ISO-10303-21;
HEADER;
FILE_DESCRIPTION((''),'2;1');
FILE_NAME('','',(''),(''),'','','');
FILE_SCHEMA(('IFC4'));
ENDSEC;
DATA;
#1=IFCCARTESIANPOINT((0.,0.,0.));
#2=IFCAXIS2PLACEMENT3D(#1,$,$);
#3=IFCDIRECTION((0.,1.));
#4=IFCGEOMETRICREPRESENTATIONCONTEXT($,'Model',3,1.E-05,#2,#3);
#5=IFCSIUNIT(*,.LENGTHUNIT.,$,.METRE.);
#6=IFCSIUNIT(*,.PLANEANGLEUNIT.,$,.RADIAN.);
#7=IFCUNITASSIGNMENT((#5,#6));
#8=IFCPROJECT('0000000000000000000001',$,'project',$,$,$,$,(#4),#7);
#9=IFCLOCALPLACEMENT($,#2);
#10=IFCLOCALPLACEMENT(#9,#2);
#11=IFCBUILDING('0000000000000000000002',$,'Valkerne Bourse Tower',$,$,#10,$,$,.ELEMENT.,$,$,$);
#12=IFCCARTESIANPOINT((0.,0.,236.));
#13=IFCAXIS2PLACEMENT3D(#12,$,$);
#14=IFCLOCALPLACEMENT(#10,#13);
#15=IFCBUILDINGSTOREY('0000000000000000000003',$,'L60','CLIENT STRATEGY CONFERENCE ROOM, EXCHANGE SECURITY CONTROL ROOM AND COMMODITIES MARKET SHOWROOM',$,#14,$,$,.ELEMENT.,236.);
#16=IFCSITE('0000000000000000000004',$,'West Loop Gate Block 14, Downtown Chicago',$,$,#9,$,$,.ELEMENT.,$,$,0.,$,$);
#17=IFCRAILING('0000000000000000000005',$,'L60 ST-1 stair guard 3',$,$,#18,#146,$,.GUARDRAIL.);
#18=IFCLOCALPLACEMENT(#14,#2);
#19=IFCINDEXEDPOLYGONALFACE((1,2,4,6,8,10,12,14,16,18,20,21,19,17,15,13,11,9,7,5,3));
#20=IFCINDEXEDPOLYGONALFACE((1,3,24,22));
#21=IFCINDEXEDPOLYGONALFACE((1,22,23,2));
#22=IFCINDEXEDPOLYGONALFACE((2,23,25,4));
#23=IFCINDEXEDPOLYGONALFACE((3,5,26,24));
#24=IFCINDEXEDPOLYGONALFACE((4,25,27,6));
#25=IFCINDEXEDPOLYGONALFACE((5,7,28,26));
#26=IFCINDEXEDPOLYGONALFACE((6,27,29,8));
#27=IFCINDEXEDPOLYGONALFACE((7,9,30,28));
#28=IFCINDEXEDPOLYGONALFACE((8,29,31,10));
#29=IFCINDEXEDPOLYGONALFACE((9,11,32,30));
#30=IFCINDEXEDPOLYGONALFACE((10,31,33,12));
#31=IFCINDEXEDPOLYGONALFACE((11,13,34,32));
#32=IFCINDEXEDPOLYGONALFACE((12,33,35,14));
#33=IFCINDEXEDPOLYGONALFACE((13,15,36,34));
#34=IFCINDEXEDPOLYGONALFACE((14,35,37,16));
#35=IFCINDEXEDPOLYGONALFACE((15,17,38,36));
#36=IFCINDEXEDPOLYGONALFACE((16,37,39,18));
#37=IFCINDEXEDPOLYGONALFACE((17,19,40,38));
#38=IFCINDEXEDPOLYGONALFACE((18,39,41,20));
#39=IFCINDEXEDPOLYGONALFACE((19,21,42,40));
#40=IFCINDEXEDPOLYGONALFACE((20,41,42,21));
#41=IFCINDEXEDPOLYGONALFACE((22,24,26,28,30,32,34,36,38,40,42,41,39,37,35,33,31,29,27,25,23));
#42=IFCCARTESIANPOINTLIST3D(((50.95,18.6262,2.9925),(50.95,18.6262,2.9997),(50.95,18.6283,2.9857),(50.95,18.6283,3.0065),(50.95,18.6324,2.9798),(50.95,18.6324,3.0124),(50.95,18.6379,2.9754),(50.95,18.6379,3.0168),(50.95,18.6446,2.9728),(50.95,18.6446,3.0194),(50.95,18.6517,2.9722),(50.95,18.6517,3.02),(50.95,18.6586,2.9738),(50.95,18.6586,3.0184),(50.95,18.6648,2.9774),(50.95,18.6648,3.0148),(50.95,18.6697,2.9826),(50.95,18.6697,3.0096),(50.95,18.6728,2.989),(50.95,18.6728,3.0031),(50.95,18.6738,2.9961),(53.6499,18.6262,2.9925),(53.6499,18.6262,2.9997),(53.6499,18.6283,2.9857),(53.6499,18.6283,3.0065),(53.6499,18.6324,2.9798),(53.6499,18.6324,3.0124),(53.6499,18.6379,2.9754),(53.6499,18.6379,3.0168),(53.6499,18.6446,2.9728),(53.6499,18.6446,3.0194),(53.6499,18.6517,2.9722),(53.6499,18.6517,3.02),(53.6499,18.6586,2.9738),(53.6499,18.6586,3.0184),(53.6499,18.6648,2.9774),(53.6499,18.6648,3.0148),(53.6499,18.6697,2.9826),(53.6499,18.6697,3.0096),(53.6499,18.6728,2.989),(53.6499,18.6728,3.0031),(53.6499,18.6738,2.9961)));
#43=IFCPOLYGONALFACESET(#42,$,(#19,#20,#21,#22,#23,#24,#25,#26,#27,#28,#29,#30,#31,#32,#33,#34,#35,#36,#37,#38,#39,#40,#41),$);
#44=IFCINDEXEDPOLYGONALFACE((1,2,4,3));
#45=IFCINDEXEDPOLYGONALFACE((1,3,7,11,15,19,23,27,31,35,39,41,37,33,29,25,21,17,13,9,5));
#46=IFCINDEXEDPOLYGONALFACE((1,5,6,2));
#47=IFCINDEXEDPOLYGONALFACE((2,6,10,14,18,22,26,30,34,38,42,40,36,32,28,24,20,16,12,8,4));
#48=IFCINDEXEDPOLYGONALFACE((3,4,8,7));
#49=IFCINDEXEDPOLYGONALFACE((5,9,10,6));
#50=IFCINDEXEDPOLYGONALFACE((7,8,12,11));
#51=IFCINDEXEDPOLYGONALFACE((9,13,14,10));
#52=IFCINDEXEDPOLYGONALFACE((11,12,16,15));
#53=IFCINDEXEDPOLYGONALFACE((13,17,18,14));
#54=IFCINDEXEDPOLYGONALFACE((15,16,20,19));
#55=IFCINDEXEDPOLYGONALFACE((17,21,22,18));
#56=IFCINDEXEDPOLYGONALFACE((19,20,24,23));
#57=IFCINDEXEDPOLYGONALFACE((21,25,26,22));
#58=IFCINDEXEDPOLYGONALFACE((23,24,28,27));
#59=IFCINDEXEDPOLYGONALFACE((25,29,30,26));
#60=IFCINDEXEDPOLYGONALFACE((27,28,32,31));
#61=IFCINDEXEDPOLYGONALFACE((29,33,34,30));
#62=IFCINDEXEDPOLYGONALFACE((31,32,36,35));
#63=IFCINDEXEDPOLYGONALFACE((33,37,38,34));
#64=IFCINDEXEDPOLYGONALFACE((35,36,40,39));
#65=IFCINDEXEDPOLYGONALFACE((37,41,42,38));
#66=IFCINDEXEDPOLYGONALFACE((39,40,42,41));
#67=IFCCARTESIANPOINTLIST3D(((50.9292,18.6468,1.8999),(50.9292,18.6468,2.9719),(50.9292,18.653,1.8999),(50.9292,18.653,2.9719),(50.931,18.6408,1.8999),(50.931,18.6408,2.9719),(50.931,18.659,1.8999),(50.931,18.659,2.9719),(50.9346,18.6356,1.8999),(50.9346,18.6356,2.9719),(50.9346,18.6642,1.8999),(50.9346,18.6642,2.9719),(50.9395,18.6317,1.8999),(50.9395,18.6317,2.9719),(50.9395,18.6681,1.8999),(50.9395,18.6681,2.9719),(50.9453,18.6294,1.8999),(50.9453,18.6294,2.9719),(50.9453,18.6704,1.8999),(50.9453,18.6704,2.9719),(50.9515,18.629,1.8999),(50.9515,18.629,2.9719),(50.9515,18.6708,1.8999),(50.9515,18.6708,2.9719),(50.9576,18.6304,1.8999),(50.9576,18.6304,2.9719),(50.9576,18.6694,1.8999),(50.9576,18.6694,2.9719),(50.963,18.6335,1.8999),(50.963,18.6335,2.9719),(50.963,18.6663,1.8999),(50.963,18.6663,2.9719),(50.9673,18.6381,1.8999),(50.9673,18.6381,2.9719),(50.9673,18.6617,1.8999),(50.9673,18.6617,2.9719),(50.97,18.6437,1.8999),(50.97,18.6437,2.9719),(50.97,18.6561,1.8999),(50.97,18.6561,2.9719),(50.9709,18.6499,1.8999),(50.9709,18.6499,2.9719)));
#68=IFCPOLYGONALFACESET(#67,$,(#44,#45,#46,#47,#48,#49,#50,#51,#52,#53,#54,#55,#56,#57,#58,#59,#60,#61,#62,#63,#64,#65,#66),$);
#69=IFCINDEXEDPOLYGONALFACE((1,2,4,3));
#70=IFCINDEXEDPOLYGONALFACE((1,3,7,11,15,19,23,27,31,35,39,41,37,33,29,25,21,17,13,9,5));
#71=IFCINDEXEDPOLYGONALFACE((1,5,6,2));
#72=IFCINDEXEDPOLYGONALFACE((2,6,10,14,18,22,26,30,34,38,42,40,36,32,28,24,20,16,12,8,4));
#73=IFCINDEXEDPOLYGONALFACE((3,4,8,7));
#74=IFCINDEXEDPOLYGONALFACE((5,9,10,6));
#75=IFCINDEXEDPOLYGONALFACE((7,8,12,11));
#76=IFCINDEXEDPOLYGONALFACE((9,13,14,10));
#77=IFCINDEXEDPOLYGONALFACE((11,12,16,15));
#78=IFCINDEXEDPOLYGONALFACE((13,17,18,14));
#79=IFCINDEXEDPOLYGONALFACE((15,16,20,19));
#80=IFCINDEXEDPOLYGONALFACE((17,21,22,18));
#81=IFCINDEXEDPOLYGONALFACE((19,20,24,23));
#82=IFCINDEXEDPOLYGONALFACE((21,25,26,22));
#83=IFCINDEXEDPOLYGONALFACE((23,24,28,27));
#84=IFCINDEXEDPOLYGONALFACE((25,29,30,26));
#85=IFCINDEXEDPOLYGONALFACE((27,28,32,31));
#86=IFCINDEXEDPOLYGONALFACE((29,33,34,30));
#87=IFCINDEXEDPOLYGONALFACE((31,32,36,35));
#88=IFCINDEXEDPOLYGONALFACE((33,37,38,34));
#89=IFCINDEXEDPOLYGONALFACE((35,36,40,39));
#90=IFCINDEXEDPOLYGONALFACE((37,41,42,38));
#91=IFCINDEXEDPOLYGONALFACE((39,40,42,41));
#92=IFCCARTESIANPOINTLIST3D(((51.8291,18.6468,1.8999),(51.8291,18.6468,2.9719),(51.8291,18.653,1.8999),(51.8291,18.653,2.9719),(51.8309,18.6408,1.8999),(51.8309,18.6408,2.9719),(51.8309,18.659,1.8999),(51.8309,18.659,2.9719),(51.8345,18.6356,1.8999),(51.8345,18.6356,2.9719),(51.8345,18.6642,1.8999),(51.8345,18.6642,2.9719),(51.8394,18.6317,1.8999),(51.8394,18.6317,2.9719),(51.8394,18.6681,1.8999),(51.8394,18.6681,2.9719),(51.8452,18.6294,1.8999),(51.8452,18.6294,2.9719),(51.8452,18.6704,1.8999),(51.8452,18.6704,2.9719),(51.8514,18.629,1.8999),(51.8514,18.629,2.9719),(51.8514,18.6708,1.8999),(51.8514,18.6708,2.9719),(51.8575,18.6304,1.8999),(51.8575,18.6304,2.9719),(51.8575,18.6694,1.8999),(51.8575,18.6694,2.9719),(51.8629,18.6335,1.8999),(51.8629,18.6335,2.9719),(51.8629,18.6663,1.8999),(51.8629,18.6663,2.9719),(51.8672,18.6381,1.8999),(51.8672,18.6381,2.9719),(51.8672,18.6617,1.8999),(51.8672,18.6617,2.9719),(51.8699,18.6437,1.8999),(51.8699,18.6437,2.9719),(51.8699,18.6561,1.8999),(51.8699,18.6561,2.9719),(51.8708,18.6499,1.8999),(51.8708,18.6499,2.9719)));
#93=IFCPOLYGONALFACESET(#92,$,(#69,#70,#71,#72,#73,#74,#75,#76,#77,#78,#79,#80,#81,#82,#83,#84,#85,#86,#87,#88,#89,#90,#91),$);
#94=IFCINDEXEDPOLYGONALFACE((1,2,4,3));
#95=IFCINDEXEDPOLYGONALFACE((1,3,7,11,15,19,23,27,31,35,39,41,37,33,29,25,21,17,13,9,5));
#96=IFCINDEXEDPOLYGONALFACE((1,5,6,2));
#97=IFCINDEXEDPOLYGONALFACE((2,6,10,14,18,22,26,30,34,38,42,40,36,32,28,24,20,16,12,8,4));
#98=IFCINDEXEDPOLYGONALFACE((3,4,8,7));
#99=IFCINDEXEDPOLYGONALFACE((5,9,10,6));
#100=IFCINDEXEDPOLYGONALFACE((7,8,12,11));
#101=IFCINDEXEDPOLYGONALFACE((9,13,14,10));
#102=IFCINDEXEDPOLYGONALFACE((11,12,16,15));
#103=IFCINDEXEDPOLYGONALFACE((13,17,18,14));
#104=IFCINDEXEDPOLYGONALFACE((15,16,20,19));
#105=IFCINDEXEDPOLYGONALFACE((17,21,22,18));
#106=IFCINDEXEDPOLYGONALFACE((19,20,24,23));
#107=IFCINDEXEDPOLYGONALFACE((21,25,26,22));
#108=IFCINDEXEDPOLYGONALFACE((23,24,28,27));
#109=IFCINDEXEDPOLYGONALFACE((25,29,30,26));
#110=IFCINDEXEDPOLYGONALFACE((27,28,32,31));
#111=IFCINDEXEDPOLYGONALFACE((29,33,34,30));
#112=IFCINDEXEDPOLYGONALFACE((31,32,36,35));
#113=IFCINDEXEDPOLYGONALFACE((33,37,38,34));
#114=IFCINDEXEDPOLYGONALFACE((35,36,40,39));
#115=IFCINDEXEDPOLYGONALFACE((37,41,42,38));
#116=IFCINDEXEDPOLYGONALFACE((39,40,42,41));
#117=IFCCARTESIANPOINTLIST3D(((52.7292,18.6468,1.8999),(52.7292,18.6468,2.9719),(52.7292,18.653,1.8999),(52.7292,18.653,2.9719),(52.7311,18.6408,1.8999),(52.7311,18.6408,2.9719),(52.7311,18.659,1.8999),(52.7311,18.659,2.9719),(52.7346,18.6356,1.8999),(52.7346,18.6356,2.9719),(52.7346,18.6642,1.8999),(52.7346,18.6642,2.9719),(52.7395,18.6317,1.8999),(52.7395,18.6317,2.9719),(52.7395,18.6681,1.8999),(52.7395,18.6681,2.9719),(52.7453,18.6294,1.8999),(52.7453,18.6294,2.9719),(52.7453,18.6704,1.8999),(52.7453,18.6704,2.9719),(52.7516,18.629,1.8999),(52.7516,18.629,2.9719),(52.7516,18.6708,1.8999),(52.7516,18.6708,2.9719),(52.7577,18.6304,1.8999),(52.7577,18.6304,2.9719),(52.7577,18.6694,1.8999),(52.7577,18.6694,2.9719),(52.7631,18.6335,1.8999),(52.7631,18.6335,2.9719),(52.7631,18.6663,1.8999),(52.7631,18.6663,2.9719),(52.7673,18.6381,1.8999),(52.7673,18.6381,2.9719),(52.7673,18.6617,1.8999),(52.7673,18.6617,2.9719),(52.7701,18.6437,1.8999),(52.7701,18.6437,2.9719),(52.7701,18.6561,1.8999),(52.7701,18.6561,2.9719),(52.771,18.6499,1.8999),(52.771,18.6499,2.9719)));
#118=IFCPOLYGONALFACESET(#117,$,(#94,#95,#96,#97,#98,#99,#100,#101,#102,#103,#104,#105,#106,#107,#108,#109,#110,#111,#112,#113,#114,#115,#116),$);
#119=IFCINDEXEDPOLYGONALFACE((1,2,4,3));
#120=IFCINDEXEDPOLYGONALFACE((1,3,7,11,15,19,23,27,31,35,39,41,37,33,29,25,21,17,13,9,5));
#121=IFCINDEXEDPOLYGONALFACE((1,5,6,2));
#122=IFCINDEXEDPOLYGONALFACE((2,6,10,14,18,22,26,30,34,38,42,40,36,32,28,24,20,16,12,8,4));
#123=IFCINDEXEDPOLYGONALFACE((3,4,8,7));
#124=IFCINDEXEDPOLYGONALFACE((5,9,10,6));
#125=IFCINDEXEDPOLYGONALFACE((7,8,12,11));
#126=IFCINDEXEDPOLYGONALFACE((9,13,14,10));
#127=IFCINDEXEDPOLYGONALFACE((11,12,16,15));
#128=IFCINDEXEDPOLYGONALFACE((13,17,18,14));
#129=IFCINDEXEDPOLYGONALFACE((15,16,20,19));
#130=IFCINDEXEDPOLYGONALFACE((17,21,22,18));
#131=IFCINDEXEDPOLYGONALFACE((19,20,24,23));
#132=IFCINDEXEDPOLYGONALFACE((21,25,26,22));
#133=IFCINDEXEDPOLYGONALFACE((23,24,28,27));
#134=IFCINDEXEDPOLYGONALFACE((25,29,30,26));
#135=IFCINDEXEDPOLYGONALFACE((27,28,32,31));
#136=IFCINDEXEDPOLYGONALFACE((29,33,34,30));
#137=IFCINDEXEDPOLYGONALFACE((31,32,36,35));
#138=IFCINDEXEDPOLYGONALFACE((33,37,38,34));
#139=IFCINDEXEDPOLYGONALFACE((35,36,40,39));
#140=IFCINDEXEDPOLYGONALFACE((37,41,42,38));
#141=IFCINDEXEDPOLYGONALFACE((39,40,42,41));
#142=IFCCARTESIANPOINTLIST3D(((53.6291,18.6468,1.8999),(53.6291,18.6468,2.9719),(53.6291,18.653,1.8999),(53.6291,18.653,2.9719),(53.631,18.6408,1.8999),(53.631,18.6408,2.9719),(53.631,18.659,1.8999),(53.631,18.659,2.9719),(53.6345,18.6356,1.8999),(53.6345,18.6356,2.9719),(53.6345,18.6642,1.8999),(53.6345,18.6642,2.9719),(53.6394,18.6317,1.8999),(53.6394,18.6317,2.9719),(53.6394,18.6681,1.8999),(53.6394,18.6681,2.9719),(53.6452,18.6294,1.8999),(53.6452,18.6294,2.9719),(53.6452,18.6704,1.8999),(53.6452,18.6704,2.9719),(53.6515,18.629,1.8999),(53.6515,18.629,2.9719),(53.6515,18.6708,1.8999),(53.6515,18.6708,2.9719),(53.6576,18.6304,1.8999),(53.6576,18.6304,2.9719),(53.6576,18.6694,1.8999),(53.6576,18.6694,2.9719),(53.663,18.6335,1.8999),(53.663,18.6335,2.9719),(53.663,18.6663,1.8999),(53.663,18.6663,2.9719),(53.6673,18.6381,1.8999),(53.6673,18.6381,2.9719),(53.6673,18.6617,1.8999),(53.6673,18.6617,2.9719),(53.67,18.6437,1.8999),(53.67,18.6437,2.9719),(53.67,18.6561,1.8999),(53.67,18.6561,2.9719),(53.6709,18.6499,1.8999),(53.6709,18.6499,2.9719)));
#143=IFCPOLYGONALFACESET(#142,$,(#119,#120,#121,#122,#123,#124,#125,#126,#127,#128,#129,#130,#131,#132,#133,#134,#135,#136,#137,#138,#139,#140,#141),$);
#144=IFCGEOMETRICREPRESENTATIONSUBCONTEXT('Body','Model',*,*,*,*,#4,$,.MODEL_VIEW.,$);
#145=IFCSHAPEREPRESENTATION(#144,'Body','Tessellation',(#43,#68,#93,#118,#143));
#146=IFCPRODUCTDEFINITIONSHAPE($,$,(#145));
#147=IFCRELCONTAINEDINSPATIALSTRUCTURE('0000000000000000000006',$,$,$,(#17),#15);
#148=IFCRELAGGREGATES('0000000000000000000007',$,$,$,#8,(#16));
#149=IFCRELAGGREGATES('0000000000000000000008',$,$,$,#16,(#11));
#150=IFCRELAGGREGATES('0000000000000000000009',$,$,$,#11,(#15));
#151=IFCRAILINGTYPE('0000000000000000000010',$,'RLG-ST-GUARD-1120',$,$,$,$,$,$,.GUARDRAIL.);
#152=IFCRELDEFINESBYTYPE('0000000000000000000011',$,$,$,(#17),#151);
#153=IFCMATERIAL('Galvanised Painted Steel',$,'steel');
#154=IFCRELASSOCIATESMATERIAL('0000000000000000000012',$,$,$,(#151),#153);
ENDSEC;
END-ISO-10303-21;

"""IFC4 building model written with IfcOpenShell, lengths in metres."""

from ifc_helpers import new_model, si_unit, direction, frame, origin, origin_2d, place, context, subcontext, project, spatial, circle, extrude, material, type_object, element, save


model = new_model("IFC4")

# Units and contexts
model_context = context("Model", 3, precision=1e-05, world=origin(), true_north=direction((0.0, 1.0)))
body_context = subcontext(model_context, "Body", "Model", "MODEL_VIEW")
ifc_project = project(units=[si_unit("LENGTHUNIT", "METRE"), si_unit("PLANEANGLEUNIT", "RADIAN")], contexts=[model_context])

# Site, building, storey
site_placement = place(None, origin())
site = spatial("IfcSite", under=ifc_project, at=site_placement, Name="West Loop Gate Block 14, Downtown Chicago", CompositionType="ELEMENT", RefElevation=0.0)
building_placement = place(site_placement, origin())
building = spatial("IfcBuilding", under=site, at=building_placement, Name="Valkerne Bourse Tower", CompositionType="ELEMENT")
storey_placement = place(building_placement, frame((0.0, 0.0, 236.0)))
storey = spatial("IfcBuildingStorey", under=building, at=storey_placement, Name="L60", Description="CLIENT STRATEGY CONFERENCE ROOM, EXCHANGE SECURITY CONTROL ROOM AND COMMODITIES MARKET SHOWROOM", CompositionType="ELEMENT", Elevation=236.0)

# Shared definitions
ifc_material_1 = material(Name="Galvanised Painted Steel", Category="steel")

# Railing
railing_type_1 = type_object("IfcRailingType", Name="RLG-ST-GUARD-1120", PredefinedType="GUARDRAIL", material=ifc_material_1)
for number, where, name in (
    (1, (50.95, 18.6499, 1.8999), "L60 ST-1 stair guard 3"),
):
    element("IfcRailing", number, at=place(storey_placement, frame(where)), inside=storey, type_object=railing_type_1, Name=name, PredefinedType="GUARDRAIL", context=body_context, shape_type="SweptSolid", body=[
        extrude(circle(Radius=0.0239, at=origin_2d()), frame((0.0, 0.0, 1.0962), z_axis=(1.0, 0.0, 0.0), x_axis=(0.0, 1.0, 0.0)), (0.0, 0.0, 1.0), 2.7),
        extrude(circle(Radius=0.021, at=origin_2d()), origin(), (0.0, 0.0, 1.0), 1.072),
        extrude(circle(Radius=0.021, at=origin_2d()), frame((0.8999, 0.0, 0.0)), (0.0, 0.0, 1.0), 1.072),
        extrude(circle(Radius=0.021, at=origin_2d()), frame((1.8, 0.0, 0.0)), (0.0, 0.0, 1.0), 1.072),
        extrude(circle(Radius=0.021, at=origin_2d()), frame((2.7, 0.0, 0.0)), (0.0, 0.0, 1.0), 1.072),
    ])

save(model, "model.ifc")
